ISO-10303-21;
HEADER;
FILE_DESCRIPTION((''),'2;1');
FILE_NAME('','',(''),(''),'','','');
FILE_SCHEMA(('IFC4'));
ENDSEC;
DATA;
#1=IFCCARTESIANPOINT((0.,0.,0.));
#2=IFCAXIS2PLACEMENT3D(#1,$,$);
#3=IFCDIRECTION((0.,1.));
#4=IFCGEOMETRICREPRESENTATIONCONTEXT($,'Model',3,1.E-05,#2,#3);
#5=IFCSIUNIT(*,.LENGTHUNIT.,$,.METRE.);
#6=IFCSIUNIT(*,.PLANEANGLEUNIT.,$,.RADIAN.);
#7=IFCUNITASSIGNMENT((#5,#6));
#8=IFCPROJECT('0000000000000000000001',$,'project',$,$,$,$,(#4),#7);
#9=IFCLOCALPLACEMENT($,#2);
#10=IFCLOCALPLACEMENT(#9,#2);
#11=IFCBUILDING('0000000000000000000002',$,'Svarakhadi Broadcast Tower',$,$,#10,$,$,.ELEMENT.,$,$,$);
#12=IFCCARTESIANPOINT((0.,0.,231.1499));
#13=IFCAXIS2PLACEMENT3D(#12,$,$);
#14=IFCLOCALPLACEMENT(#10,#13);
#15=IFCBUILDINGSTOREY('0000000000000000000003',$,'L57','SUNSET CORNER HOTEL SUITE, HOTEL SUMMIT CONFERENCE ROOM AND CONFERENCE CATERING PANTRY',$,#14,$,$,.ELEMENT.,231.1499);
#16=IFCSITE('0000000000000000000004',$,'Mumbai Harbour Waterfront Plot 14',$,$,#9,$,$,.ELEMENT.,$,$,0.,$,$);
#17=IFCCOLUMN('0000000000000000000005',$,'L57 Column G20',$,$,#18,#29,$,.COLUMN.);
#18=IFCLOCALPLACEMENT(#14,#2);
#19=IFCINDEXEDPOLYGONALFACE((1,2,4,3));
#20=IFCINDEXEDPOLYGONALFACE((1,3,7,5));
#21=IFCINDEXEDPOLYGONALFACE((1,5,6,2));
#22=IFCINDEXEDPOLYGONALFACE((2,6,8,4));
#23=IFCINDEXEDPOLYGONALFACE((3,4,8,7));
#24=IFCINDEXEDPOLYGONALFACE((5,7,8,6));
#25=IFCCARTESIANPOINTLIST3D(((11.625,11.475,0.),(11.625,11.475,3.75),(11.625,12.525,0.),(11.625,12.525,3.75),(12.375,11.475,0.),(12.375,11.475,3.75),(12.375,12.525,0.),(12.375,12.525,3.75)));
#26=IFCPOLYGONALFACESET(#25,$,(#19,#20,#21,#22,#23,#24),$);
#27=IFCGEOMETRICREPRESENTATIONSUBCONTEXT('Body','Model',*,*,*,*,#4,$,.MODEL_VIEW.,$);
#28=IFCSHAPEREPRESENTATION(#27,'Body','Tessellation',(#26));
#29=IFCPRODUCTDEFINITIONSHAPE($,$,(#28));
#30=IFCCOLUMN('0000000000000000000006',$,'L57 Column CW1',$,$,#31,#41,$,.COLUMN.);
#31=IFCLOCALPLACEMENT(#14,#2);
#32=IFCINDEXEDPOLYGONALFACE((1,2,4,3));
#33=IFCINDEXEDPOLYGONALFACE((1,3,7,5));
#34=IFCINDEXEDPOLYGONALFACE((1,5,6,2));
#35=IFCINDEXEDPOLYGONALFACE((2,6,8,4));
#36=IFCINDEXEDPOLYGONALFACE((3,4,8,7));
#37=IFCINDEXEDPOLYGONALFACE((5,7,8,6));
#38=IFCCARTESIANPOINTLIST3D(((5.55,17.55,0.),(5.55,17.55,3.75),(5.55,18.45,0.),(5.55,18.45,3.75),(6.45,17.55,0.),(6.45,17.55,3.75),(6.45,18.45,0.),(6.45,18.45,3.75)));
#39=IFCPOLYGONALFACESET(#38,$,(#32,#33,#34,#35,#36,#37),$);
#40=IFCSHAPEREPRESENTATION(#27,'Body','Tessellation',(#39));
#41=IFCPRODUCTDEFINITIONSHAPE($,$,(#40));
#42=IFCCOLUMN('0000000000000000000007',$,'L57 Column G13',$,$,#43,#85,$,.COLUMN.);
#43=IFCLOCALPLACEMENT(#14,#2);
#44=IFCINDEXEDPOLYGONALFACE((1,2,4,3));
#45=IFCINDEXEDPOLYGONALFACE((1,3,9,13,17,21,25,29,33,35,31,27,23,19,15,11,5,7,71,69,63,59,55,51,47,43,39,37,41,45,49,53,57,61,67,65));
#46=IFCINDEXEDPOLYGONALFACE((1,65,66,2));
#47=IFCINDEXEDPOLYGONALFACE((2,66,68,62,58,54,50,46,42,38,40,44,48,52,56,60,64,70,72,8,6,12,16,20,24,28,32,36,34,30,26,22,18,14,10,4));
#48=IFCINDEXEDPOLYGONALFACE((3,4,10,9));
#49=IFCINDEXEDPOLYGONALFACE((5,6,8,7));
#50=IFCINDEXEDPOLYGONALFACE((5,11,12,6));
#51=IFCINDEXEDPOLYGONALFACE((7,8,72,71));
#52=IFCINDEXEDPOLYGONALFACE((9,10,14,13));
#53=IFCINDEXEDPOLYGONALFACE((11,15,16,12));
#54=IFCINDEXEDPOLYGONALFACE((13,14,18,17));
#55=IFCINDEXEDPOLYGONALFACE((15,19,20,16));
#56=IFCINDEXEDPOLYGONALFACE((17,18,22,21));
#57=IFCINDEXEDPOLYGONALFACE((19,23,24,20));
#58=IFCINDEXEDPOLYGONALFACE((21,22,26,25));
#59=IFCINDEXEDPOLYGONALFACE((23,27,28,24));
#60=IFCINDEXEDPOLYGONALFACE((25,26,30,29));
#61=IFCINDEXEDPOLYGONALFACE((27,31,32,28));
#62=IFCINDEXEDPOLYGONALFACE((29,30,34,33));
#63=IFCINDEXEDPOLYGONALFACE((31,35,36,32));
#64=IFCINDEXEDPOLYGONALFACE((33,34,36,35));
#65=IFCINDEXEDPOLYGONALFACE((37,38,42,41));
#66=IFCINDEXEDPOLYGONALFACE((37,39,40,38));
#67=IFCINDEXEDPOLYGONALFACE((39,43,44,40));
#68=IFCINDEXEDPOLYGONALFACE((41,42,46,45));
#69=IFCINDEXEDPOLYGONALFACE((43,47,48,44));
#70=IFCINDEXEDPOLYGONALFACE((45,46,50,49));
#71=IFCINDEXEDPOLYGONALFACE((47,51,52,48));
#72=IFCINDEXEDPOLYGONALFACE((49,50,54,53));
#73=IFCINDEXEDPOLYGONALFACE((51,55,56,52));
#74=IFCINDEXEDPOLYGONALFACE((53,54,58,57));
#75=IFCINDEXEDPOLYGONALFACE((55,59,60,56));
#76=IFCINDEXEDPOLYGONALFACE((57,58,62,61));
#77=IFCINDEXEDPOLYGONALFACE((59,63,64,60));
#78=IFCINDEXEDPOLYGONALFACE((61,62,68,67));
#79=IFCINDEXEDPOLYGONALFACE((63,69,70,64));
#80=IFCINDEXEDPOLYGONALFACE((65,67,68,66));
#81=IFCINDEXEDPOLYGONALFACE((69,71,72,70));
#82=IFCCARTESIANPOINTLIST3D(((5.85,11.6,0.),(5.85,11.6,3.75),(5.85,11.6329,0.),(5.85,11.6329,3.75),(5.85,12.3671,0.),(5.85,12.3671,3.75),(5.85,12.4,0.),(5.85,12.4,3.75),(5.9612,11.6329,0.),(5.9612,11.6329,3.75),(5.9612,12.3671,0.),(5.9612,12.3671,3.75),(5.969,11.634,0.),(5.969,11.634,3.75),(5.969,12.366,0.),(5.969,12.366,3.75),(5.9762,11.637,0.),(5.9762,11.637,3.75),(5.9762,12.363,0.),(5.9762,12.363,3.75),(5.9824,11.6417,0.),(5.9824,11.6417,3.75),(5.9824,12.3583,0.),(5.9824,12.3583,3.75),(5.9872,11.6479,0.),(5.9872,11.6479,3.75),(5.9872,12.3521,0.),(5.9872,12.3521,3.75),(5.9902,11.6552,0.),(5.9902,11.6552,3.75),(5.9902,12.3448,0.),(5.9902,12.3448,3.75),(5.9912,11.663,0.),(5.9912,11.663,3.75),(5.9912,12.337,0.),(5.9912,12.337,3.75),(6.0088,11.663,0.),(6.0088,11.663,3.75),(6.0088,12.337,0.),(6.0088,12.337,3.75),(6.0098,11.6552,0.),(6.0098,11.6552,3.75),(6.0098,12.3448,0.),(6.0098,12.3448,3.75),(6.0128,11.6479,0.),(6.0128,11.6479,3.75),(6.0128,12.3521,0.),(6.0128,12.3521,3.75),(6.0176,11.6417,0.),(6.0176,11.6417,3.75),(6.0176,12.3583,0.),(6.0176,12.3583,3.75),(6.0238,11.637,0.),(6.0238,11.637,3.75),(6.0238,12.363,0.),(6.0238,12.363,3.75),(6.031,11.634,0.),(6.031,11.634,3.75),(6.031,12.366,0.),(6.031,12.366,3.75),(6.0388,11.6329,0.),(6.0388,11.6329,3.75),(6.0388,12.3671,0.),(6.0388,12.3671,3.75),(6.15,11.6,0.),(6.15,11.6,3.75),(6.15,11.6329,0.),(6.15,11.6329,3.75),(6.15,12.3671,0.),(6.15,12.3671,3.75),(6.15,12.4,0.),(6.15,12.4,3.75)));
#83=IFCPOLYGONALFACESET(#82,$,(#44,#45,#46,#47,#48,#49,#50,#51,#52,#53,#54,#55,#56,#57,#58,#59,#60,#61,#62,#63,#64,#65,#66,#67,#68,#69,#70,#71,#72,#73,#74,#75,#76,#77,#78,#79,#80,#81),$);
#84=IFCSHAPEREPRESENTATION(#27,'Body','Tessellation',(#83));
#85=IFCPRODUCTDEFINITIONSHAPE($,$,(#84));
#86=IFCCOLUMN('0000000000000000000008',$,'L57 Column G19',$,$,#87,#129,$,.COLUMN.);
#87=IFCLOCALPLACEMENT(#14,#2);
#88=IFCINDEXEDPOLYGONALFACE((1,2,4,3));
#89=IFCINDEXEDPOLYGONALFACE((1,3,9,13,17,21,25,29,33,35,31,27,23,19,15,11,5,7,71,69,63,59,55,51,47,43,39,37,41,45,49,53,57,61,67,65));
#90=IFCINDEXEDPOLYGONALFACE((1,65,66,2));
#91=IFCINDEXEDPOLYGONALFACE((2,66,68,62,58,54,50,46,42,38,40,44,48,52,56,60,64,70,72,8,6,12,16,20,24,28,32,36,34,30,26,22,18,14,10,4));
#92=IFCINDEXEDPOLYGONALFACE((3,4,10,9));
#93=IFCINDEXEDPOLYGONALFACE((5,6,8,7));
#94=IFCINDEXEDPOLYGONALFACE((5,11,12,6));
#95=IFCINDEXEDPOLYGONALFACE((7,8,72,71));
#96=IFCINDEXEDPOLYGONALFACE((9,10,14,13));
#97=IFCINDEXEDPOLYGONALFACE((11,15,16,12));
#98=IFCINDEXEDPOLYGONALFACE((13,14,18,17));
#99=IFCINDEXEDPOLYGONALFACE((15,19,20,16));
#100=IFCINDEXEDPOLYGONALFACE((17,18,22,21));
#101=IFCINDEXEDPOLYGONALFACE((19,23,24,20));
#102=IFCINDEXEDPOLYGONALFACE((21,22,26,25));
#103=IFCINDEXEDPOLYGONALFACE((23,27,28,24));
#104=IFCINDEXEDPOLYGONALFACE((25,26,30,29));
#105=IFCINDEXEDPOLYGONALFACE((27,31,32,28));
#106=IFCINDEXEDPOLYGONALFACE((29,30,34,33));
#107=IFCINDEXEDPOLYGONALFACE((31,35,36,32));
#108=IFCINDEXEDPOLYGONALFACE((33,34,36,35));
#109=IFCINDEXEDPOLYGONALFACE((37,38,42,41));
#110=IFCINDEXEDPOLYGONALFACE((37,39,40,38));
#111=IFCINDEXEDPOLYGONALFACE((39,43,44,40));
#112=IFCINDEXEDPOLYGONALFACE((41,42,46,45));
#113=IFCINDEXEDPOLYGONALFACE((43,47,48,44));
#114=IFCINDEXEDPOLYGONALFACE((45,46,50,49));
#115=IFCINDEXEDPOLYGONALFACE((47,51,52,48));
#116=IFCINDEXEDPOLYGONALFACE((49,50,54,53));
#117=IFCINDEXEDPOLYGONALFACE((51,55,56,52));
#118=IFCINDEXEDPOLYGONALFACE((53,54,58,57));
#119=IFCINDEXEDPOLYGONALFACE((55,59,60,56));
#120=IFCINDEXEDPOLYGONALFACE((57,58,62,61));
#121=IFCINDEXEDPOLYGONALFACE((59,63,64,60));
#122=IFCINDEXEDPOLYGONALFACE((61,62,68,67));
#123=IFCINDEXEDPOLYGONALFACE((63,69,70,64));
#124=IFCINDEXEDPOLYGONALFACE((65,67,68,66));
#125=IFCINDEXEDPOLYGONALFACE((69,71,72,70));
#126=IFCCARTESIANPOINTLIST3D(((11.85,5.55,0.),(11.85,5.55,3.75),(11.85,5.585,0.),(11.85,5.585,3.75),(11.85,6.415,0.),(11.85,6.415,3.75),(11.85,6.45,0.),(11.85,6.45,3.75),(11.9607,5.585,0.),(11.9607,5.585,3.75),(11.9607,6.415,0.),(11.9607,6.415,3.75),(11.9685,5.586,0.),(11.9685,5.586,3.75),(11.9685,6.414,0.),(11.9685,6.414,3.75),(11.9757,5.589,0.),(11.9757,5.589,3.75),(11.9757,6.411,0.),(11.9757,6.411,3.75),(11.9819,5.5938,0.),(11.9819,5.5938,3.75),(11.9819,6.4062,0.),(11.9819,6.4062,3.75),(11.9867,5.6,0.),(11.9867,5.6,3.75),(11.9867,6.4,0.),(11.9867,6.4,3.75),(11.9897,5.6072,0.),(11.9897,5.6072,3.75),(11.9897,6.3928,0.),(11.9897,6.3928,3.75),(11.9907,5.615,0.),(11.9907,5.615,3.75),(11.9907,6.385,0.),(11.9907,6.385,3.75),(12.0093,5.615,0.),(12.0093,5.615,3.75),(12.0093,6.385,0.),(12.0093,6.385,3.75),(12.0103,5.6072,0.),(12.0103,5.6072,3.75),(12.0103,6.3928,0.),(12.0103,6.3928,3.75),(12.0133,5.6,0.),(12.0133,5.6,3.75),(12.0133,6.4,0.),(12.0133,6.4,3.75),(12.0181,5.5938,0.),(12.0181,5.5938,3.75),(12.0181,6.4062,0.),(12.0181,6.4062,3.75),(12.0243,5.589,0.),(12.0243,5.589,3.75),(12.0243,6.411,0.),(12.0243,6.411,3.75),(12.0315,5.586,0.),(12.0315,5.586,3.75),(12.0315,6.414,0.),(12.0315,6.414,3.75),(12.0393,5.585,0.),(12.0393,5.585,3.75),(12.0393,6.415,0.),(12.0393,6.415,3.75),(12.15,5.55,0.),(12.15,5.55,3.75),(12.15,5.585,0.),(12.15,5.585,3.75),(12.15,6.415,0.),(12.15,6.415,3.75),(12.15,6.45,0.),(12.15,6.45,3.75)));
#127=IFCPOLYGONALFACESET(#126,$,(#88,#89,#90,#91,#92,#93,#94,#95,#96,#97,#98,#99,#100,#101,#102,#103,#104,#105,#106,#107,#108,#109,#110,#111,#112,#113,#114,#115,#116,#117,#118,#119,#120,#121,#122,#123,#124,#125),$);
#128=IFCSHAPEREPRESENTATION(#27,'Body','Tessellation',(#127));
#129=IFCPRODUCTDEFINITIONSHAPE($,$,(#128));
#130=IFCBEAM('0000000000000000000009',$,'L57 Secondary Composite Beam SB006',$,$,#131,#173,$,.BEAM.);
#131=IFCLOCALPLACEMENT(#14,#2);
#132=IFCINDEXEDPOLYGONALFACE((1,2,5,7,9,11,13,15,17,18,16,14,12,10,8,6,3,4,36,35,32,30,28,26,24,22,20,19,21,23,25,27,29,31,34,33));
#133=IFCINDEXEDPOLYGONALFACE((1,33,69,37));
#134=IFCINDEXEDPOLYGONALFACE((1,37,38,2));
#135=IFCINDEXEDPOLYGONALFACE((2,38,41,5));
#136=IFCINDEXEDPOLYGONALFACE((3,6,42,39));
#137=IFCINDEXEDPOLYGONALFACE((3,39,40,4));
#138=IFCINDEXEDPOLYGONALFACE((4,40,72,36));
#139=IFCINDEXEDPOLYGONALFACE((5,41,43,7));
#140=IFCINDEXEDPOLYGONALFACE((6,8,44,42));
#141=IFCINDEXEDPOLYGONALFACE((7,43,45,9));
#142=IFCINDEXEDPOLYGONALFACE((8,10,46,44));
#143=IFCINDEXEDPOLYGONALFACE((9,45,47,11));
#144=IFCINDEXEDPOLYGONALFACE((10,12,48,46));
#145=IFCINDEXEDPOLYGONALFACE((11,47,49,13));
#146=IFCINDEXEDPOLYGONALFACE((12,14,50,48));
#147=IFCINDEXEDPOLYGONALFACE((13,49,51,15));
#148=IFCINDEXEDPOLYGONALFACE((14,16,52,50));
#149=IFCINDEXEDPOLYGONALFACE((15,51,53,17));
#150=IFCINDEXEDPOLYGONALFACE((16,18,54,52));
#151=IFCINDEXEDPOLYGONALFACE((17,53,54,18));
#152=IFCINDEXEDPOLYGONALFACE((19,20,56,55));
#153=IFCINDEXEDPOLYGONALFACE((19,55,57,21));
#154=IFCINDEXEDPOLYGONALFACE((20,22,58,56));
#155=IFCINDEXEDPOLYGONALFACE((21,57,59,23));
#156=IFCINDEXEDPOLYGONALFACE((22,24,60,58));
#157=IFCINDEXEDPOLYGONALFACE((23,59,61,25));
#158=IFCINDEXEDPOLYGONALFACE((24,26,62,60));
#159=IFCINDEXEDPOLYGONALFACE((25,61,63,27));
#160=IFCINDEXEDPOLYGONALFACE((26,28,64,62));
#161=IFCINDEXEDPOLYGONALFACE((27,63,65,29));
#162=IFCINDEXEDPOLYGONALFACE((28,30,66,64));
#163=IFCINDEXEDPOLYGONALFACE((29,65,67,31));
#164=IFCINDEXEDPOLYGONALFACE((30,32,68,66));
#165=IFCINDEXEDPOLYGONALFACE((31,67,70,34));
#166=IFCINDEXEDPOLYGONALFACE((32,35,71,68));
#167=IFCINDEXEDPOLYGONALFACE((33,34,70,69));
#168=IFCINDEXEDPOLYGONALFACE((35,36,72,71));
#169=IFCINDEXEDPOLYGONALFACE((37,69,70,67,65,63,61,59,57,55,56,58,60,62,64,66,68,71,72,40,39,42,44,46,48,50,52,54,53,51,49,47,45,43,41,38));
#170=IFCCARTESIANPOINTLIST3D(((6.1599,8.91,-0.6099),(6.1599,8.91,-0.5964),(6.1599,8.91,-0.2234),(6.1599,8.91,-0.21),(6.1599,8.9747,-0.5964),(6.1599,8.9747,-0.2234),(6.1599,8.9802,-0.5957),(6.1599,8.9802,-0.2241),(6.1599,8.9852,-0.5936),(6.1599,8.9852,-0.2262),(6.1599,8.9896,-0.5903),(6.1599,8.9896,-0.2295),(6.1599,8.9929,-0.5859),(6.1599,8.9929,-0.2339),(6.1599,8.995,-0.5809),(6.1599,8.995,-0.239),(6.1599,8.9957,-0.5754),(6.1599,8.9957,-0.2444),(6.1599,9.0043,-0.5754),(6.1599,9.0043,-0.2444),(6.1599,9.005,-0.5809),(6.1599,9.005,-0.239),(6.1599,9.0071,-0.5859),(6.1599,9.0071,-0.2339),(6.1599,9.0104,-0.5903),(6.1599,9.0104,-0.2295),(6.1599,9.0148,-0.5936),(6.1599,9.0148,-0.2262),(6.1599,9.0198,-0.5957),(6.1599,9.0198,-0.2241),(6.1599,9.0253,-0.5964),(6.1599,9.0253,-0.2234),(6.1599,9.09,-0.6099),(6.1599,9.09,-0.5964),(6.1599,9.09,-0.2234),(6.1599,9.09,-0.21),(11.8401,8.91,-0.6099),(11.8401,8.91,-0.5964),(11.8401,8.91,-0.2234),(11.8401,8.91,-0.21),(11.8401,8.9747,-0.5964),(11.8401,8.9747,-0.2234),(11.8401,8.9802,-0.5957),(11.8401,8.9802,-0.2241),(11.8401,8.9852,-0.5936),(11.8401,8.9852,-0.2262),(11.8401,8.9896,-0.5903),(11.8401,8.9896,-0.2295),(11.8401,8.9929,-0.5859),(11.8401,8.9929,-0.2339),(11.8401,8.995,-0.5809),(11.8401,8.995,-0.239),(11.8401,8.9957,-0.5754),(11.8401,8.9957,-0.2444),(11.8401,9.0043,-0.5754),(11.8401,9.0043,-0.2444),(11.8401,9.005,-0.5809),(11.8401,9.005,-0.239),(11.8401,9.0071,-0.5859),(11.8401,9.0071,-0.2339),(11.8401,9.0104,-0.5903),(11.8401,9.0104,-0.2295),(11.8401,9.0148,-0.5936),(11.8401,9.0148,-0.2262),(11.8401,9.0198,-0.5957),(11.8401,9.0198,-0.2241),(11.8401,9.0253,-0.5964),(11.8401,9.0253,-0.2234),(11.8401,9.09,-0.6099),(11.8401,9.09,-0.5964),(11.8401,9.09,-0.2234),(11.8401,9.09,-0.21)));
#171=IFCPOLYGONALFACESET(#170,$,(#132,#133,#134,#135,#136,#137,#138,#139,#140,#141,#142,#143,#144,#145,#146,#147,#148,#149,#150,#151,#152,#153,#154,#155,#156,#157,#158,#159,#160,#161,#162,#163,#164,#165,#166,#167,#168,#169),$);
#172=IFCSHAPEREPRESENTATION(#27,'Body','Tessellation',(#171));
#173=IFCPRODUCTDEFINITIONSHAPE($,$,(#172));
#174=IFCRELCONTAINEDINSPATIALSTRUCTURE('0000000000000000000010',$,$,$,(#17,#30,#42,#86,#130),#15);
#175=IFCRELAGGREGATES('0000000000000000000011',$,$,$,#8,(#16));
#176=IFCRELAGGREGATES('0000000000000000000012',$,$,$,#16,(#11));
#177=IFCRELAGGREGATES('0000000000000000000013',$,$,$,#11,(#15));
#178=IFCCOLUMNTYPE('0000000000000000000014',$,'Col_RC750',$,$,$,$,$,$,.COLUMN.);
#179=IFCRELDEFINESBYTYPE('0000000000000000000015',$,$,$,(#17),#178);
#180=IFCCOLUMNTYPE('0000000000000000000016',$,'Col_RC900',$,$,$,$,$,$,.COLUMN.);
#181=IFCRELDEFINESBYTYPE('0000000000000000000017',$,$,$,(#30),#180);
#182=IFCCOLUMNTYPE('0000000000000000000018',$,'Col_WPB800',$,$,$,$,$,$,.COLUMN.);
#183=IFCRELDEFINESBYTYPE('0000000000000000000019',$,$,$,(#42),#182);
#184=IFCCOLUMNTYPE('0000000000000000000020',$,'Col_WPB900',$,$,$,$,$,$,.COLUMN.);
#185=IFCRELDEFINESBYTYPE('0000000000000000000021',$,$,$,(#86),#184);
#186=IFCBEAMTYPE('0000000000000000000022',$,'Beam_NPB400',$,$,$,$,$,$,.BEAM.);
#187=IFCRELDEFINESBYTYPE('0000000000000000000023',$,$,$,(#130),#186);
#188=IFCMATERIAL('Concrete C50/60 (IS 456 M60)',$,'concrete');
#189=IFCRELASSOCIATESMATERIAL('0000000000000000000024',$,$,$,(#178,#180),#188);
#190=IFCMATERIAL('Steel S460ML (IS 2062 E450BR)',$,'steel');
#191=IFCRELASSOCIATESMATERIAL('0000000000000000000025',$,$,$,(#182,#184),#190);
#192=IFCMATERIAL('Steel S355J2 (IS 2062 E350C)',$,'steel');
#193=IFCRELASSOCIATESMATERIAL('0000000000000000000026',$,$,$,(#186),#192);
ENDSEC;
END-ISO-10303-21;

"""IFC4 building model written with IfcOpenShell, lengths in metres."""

from ifc_helpers import new_model, si_unit, direction, frame, origin, origin_2d, place, context, subcontext, project, spatial, rectangle, i_section, extrude, material, material_profile, profile_set, type_object, element, save


model = new_model("IFC4")

# Units and contexts
model_context = context("Model", 3, precision=1e-05, world=origin(), true_north=direction((0.0, 1.0)))
body_context = subcontext(model_context, "Body", "Model", "MODEL_VIEW")
ifc_project = project(units=[si_unit("LENGTHUNIT", "METRE"), si_unit("PLANEANGLEUNIT", "RADIAN")], contexts=[model_context])

# Site, building, storey
site_placement = place(None, origin())
site = spatial("IfcSite", under=ifc_project, at=site_placement, Name="Mumbai Harbour Waterfront Plot 14", CompositionType="ELEMENT", RefElevation=0.0)
building_placement = place(site_placement, origin())
building = spatial("IfcBuilding", under=site, at=building_placement, Name="Svarakhadi Broadcast Tower", CompositionType="ELEMENT")
storey_placement = place(building_placement, frame((0.0, 0.0, 231.1499)))
storey = spatial("IfcBuildingStorey", under=building, at=storey_placement, Name="L57", Description="SUNSET CORNER HOTEL SUITE, HOTEL SUMMIT CONFERENCE ROOM AND CONFERENCE CATERING PANTRY", CompositionType="ELEMENT", Elevation=231.1499)

# Columns
ifc_material_1 = material(Name="Concrete C50/60 (IS 456 M60)", Category="concrete")
ifc_material_profile_1 = material_profile(ifc_material_1, rectangle(XDim=0.75, YDim=1.05, at=origin_2d()), Name="RC 750x1050")
ifc_profile_set_1 = profile_set([ifc_material_profile_1], Name="Concrete C50/60 (IS 456 M60)")
column_type_1 = type_object("IfcColumnType", Name="Col_RC750", PredefinedType="COLUMN", material=ifc_profile_set_1)
column_1_placement = place(storey_placement, frame((12.0, 12.0, 0.0), z_axis=(0.0, 0.0, 1.0), x_axis=(1.0, 0.0, 0.0)))
element("IfcColumn", 1, at=column_1_placement, inside=storey, type_object=column_type_1, Name="L57 Column G20", PredefinedType="COLUMN", context=body_context, shape_type="SweptSolid", body=[
    extrude(rectangle(XDim=0.75, YDim=1.05, at=origin_2d()), origin(), (0.0, 0.0, 1.0), 3.75),
])
ifc_material_profile_2 = material_profile(ifc_material_1, rectangle(XDim=0.8999, YDim=0.8999, at=origin_2d()), Name="RC 900x900")
ifc_profile_set_2 = profile_set([ifc_material_profile_2], Name="Concrete C50/60 (IS 456 M60)")
column_type_2 = type_object("IfcColumnType", Name="Col_RC900", PredefinedType="COLUMN", material=ifc_profile_set_2)
column_2_placement = place(storey_placement, frame((6.0, 18.0, 0.0), z_axis=(0.0, 0.0, 1.0), x_axis=(1.0, 0.0, 0.0)))
element("IfcColumn", 2, at=column_2_placement, inside=storey, type_object=column_type_2, Name="L57 Column CW1", PredefinedType="COLUMN", context=body_context, shape_type="SweptSolid", body=[
    extrude(rectangle(XDim=0.8999, YDim=0.8999, at=origin_2d()), origin(), (0.0, 0.0, 1.0), 3.75),
])
ifc_material_2 = material(Name="Steel S460ML (IS 2062 E450BR)", Category="steel")
ifc_material_profile_3 = material_profile(ifc_material_2, i_section(OverallWidth=0.3, OverallDepth=0.8, WebThickness=0.0176, FlangeThickness=0.033, FilletRadius=0.03, at=origin_2d()), Name="WPB 800x300x262")
ifc_profile_set_3 = profile_set([ifc_material_profile_3], Name="Steel S460ML (IS 2062 E450BR)")
column_type_3 = type_object("IfcColumnType", Name="Col_WPB800", PredefinedType="COLUMN", material=ifc_profile_set_3)
column_3_placement = place(storey_placement, frame((6.0, 12.0, 0.0), z_axis=(0.0, 0.0, 1.0), x_axis=(1.0, 0.0, 0.0)))
element("IfcColumn", 3, at=column_3_placement, inside=storey, type_object=column_type_3, Name="L57 Column G13", PredefinedType="COLUMN", context=body_context, shape_type="SweptSolid", body=[
    extrude(i_section(OverallWidth=0.3, OverallDepth=0.8, WebThickness=0.0176, FlangeThickness=0.033, FilletRadius=0.03, at=origin_2d()), origin(), (0.0, 0.0, 1.0), 3.75),
])
ifc_material_profile_4 = material_profile(ifc_material_2, i_section(OverallWidth=0.3, OverallDepth=0.8999, WebThickness=0.0186, FlangeThickness=0.0349, FilletRadius=0.03, at=origin_2d()), Name="WPB 900x300x291")
ifc_profile_set_4 = profile_set([ifc_material_profile_4], Name="Steel S460ML (IS 2062 E450BR)")
column_type_4 = type_object("IfcColumnType", Name="Col_WPB900", PredefinedType="COLUMN", material=ifc_profile_set_4)
column_4_placement = place(storey_placement, frame((12.0, 6.0, 0.0), z_axis=(0.0, 0.0, 1.0), x_axis=(1.0, 0.0, 0.0)))
element("IfcColumn", 4, at=column_4_placement, inside=storey, type_object=column_type_4, Name="L57 Column G19", PredefinedType="COLUMN", context=body_context, shape_type="SweptSolid", body=[
    extrude(i_section(OverallWidth=0.3, OverallDepth=0.8999, WebThickness=0.0186, FlangeThickness=0.0349, FilletRadius=0.03, at=origin_2d()), origin(), (0.0, 0.0, 1.0), 3.75),
])

# Beam
ifc_material_3 = material(Name="Steel S355J2 (IS 2062 E350C)", Category="steel")
ifc_material_profile_5 = material_profile(ifc_material_3, i_section(OverallWidth=0.1799, OverallDepth=0.3999, WebThickness=0.0085, FlangeThickness=0.0134, FilletRadius=0.021, at=origin_2d()), Name="NPB 400x180x66")
ifc_profile_set_5 = profile_set([ifc_material_profile_5], Name="Steel S355J2 (IS 2062 E350C)")
beam_type_1 = type_object("IfcBeamType", Name="Beam_NPB400", PredefinedType="BEAM", material=ifc_profile_set_5)
for number, where, z_axis, x_axis, name in (
    (5, (6.1599, 9.0, -0.4099), (1.0, 0.0, 0.0), (0.0, 1.0, 0.0), "L57 Secondary Composite Beam SB006"),
):
    element("IfcBeam", number, at=place(storey_placement, frame(where, z_axis=z_axis, x_axis=x_axis)), inside=storey, type_object=beam_type_1, Name=name, PredefinedType="BEAM", context=body_context, shape_type="SweptSolid", body=[
        extrude(i_section(OverallWidth=0.1799, OverallDepth=0.3999, WebThickness=0.0085, FlangeThickness=0.0134, FilletRadius=0.021, at=origin_2d()), origin(), (0.0, 0.0, 1.0), 5.6802),
    ])

save(model, "model.ifc")
